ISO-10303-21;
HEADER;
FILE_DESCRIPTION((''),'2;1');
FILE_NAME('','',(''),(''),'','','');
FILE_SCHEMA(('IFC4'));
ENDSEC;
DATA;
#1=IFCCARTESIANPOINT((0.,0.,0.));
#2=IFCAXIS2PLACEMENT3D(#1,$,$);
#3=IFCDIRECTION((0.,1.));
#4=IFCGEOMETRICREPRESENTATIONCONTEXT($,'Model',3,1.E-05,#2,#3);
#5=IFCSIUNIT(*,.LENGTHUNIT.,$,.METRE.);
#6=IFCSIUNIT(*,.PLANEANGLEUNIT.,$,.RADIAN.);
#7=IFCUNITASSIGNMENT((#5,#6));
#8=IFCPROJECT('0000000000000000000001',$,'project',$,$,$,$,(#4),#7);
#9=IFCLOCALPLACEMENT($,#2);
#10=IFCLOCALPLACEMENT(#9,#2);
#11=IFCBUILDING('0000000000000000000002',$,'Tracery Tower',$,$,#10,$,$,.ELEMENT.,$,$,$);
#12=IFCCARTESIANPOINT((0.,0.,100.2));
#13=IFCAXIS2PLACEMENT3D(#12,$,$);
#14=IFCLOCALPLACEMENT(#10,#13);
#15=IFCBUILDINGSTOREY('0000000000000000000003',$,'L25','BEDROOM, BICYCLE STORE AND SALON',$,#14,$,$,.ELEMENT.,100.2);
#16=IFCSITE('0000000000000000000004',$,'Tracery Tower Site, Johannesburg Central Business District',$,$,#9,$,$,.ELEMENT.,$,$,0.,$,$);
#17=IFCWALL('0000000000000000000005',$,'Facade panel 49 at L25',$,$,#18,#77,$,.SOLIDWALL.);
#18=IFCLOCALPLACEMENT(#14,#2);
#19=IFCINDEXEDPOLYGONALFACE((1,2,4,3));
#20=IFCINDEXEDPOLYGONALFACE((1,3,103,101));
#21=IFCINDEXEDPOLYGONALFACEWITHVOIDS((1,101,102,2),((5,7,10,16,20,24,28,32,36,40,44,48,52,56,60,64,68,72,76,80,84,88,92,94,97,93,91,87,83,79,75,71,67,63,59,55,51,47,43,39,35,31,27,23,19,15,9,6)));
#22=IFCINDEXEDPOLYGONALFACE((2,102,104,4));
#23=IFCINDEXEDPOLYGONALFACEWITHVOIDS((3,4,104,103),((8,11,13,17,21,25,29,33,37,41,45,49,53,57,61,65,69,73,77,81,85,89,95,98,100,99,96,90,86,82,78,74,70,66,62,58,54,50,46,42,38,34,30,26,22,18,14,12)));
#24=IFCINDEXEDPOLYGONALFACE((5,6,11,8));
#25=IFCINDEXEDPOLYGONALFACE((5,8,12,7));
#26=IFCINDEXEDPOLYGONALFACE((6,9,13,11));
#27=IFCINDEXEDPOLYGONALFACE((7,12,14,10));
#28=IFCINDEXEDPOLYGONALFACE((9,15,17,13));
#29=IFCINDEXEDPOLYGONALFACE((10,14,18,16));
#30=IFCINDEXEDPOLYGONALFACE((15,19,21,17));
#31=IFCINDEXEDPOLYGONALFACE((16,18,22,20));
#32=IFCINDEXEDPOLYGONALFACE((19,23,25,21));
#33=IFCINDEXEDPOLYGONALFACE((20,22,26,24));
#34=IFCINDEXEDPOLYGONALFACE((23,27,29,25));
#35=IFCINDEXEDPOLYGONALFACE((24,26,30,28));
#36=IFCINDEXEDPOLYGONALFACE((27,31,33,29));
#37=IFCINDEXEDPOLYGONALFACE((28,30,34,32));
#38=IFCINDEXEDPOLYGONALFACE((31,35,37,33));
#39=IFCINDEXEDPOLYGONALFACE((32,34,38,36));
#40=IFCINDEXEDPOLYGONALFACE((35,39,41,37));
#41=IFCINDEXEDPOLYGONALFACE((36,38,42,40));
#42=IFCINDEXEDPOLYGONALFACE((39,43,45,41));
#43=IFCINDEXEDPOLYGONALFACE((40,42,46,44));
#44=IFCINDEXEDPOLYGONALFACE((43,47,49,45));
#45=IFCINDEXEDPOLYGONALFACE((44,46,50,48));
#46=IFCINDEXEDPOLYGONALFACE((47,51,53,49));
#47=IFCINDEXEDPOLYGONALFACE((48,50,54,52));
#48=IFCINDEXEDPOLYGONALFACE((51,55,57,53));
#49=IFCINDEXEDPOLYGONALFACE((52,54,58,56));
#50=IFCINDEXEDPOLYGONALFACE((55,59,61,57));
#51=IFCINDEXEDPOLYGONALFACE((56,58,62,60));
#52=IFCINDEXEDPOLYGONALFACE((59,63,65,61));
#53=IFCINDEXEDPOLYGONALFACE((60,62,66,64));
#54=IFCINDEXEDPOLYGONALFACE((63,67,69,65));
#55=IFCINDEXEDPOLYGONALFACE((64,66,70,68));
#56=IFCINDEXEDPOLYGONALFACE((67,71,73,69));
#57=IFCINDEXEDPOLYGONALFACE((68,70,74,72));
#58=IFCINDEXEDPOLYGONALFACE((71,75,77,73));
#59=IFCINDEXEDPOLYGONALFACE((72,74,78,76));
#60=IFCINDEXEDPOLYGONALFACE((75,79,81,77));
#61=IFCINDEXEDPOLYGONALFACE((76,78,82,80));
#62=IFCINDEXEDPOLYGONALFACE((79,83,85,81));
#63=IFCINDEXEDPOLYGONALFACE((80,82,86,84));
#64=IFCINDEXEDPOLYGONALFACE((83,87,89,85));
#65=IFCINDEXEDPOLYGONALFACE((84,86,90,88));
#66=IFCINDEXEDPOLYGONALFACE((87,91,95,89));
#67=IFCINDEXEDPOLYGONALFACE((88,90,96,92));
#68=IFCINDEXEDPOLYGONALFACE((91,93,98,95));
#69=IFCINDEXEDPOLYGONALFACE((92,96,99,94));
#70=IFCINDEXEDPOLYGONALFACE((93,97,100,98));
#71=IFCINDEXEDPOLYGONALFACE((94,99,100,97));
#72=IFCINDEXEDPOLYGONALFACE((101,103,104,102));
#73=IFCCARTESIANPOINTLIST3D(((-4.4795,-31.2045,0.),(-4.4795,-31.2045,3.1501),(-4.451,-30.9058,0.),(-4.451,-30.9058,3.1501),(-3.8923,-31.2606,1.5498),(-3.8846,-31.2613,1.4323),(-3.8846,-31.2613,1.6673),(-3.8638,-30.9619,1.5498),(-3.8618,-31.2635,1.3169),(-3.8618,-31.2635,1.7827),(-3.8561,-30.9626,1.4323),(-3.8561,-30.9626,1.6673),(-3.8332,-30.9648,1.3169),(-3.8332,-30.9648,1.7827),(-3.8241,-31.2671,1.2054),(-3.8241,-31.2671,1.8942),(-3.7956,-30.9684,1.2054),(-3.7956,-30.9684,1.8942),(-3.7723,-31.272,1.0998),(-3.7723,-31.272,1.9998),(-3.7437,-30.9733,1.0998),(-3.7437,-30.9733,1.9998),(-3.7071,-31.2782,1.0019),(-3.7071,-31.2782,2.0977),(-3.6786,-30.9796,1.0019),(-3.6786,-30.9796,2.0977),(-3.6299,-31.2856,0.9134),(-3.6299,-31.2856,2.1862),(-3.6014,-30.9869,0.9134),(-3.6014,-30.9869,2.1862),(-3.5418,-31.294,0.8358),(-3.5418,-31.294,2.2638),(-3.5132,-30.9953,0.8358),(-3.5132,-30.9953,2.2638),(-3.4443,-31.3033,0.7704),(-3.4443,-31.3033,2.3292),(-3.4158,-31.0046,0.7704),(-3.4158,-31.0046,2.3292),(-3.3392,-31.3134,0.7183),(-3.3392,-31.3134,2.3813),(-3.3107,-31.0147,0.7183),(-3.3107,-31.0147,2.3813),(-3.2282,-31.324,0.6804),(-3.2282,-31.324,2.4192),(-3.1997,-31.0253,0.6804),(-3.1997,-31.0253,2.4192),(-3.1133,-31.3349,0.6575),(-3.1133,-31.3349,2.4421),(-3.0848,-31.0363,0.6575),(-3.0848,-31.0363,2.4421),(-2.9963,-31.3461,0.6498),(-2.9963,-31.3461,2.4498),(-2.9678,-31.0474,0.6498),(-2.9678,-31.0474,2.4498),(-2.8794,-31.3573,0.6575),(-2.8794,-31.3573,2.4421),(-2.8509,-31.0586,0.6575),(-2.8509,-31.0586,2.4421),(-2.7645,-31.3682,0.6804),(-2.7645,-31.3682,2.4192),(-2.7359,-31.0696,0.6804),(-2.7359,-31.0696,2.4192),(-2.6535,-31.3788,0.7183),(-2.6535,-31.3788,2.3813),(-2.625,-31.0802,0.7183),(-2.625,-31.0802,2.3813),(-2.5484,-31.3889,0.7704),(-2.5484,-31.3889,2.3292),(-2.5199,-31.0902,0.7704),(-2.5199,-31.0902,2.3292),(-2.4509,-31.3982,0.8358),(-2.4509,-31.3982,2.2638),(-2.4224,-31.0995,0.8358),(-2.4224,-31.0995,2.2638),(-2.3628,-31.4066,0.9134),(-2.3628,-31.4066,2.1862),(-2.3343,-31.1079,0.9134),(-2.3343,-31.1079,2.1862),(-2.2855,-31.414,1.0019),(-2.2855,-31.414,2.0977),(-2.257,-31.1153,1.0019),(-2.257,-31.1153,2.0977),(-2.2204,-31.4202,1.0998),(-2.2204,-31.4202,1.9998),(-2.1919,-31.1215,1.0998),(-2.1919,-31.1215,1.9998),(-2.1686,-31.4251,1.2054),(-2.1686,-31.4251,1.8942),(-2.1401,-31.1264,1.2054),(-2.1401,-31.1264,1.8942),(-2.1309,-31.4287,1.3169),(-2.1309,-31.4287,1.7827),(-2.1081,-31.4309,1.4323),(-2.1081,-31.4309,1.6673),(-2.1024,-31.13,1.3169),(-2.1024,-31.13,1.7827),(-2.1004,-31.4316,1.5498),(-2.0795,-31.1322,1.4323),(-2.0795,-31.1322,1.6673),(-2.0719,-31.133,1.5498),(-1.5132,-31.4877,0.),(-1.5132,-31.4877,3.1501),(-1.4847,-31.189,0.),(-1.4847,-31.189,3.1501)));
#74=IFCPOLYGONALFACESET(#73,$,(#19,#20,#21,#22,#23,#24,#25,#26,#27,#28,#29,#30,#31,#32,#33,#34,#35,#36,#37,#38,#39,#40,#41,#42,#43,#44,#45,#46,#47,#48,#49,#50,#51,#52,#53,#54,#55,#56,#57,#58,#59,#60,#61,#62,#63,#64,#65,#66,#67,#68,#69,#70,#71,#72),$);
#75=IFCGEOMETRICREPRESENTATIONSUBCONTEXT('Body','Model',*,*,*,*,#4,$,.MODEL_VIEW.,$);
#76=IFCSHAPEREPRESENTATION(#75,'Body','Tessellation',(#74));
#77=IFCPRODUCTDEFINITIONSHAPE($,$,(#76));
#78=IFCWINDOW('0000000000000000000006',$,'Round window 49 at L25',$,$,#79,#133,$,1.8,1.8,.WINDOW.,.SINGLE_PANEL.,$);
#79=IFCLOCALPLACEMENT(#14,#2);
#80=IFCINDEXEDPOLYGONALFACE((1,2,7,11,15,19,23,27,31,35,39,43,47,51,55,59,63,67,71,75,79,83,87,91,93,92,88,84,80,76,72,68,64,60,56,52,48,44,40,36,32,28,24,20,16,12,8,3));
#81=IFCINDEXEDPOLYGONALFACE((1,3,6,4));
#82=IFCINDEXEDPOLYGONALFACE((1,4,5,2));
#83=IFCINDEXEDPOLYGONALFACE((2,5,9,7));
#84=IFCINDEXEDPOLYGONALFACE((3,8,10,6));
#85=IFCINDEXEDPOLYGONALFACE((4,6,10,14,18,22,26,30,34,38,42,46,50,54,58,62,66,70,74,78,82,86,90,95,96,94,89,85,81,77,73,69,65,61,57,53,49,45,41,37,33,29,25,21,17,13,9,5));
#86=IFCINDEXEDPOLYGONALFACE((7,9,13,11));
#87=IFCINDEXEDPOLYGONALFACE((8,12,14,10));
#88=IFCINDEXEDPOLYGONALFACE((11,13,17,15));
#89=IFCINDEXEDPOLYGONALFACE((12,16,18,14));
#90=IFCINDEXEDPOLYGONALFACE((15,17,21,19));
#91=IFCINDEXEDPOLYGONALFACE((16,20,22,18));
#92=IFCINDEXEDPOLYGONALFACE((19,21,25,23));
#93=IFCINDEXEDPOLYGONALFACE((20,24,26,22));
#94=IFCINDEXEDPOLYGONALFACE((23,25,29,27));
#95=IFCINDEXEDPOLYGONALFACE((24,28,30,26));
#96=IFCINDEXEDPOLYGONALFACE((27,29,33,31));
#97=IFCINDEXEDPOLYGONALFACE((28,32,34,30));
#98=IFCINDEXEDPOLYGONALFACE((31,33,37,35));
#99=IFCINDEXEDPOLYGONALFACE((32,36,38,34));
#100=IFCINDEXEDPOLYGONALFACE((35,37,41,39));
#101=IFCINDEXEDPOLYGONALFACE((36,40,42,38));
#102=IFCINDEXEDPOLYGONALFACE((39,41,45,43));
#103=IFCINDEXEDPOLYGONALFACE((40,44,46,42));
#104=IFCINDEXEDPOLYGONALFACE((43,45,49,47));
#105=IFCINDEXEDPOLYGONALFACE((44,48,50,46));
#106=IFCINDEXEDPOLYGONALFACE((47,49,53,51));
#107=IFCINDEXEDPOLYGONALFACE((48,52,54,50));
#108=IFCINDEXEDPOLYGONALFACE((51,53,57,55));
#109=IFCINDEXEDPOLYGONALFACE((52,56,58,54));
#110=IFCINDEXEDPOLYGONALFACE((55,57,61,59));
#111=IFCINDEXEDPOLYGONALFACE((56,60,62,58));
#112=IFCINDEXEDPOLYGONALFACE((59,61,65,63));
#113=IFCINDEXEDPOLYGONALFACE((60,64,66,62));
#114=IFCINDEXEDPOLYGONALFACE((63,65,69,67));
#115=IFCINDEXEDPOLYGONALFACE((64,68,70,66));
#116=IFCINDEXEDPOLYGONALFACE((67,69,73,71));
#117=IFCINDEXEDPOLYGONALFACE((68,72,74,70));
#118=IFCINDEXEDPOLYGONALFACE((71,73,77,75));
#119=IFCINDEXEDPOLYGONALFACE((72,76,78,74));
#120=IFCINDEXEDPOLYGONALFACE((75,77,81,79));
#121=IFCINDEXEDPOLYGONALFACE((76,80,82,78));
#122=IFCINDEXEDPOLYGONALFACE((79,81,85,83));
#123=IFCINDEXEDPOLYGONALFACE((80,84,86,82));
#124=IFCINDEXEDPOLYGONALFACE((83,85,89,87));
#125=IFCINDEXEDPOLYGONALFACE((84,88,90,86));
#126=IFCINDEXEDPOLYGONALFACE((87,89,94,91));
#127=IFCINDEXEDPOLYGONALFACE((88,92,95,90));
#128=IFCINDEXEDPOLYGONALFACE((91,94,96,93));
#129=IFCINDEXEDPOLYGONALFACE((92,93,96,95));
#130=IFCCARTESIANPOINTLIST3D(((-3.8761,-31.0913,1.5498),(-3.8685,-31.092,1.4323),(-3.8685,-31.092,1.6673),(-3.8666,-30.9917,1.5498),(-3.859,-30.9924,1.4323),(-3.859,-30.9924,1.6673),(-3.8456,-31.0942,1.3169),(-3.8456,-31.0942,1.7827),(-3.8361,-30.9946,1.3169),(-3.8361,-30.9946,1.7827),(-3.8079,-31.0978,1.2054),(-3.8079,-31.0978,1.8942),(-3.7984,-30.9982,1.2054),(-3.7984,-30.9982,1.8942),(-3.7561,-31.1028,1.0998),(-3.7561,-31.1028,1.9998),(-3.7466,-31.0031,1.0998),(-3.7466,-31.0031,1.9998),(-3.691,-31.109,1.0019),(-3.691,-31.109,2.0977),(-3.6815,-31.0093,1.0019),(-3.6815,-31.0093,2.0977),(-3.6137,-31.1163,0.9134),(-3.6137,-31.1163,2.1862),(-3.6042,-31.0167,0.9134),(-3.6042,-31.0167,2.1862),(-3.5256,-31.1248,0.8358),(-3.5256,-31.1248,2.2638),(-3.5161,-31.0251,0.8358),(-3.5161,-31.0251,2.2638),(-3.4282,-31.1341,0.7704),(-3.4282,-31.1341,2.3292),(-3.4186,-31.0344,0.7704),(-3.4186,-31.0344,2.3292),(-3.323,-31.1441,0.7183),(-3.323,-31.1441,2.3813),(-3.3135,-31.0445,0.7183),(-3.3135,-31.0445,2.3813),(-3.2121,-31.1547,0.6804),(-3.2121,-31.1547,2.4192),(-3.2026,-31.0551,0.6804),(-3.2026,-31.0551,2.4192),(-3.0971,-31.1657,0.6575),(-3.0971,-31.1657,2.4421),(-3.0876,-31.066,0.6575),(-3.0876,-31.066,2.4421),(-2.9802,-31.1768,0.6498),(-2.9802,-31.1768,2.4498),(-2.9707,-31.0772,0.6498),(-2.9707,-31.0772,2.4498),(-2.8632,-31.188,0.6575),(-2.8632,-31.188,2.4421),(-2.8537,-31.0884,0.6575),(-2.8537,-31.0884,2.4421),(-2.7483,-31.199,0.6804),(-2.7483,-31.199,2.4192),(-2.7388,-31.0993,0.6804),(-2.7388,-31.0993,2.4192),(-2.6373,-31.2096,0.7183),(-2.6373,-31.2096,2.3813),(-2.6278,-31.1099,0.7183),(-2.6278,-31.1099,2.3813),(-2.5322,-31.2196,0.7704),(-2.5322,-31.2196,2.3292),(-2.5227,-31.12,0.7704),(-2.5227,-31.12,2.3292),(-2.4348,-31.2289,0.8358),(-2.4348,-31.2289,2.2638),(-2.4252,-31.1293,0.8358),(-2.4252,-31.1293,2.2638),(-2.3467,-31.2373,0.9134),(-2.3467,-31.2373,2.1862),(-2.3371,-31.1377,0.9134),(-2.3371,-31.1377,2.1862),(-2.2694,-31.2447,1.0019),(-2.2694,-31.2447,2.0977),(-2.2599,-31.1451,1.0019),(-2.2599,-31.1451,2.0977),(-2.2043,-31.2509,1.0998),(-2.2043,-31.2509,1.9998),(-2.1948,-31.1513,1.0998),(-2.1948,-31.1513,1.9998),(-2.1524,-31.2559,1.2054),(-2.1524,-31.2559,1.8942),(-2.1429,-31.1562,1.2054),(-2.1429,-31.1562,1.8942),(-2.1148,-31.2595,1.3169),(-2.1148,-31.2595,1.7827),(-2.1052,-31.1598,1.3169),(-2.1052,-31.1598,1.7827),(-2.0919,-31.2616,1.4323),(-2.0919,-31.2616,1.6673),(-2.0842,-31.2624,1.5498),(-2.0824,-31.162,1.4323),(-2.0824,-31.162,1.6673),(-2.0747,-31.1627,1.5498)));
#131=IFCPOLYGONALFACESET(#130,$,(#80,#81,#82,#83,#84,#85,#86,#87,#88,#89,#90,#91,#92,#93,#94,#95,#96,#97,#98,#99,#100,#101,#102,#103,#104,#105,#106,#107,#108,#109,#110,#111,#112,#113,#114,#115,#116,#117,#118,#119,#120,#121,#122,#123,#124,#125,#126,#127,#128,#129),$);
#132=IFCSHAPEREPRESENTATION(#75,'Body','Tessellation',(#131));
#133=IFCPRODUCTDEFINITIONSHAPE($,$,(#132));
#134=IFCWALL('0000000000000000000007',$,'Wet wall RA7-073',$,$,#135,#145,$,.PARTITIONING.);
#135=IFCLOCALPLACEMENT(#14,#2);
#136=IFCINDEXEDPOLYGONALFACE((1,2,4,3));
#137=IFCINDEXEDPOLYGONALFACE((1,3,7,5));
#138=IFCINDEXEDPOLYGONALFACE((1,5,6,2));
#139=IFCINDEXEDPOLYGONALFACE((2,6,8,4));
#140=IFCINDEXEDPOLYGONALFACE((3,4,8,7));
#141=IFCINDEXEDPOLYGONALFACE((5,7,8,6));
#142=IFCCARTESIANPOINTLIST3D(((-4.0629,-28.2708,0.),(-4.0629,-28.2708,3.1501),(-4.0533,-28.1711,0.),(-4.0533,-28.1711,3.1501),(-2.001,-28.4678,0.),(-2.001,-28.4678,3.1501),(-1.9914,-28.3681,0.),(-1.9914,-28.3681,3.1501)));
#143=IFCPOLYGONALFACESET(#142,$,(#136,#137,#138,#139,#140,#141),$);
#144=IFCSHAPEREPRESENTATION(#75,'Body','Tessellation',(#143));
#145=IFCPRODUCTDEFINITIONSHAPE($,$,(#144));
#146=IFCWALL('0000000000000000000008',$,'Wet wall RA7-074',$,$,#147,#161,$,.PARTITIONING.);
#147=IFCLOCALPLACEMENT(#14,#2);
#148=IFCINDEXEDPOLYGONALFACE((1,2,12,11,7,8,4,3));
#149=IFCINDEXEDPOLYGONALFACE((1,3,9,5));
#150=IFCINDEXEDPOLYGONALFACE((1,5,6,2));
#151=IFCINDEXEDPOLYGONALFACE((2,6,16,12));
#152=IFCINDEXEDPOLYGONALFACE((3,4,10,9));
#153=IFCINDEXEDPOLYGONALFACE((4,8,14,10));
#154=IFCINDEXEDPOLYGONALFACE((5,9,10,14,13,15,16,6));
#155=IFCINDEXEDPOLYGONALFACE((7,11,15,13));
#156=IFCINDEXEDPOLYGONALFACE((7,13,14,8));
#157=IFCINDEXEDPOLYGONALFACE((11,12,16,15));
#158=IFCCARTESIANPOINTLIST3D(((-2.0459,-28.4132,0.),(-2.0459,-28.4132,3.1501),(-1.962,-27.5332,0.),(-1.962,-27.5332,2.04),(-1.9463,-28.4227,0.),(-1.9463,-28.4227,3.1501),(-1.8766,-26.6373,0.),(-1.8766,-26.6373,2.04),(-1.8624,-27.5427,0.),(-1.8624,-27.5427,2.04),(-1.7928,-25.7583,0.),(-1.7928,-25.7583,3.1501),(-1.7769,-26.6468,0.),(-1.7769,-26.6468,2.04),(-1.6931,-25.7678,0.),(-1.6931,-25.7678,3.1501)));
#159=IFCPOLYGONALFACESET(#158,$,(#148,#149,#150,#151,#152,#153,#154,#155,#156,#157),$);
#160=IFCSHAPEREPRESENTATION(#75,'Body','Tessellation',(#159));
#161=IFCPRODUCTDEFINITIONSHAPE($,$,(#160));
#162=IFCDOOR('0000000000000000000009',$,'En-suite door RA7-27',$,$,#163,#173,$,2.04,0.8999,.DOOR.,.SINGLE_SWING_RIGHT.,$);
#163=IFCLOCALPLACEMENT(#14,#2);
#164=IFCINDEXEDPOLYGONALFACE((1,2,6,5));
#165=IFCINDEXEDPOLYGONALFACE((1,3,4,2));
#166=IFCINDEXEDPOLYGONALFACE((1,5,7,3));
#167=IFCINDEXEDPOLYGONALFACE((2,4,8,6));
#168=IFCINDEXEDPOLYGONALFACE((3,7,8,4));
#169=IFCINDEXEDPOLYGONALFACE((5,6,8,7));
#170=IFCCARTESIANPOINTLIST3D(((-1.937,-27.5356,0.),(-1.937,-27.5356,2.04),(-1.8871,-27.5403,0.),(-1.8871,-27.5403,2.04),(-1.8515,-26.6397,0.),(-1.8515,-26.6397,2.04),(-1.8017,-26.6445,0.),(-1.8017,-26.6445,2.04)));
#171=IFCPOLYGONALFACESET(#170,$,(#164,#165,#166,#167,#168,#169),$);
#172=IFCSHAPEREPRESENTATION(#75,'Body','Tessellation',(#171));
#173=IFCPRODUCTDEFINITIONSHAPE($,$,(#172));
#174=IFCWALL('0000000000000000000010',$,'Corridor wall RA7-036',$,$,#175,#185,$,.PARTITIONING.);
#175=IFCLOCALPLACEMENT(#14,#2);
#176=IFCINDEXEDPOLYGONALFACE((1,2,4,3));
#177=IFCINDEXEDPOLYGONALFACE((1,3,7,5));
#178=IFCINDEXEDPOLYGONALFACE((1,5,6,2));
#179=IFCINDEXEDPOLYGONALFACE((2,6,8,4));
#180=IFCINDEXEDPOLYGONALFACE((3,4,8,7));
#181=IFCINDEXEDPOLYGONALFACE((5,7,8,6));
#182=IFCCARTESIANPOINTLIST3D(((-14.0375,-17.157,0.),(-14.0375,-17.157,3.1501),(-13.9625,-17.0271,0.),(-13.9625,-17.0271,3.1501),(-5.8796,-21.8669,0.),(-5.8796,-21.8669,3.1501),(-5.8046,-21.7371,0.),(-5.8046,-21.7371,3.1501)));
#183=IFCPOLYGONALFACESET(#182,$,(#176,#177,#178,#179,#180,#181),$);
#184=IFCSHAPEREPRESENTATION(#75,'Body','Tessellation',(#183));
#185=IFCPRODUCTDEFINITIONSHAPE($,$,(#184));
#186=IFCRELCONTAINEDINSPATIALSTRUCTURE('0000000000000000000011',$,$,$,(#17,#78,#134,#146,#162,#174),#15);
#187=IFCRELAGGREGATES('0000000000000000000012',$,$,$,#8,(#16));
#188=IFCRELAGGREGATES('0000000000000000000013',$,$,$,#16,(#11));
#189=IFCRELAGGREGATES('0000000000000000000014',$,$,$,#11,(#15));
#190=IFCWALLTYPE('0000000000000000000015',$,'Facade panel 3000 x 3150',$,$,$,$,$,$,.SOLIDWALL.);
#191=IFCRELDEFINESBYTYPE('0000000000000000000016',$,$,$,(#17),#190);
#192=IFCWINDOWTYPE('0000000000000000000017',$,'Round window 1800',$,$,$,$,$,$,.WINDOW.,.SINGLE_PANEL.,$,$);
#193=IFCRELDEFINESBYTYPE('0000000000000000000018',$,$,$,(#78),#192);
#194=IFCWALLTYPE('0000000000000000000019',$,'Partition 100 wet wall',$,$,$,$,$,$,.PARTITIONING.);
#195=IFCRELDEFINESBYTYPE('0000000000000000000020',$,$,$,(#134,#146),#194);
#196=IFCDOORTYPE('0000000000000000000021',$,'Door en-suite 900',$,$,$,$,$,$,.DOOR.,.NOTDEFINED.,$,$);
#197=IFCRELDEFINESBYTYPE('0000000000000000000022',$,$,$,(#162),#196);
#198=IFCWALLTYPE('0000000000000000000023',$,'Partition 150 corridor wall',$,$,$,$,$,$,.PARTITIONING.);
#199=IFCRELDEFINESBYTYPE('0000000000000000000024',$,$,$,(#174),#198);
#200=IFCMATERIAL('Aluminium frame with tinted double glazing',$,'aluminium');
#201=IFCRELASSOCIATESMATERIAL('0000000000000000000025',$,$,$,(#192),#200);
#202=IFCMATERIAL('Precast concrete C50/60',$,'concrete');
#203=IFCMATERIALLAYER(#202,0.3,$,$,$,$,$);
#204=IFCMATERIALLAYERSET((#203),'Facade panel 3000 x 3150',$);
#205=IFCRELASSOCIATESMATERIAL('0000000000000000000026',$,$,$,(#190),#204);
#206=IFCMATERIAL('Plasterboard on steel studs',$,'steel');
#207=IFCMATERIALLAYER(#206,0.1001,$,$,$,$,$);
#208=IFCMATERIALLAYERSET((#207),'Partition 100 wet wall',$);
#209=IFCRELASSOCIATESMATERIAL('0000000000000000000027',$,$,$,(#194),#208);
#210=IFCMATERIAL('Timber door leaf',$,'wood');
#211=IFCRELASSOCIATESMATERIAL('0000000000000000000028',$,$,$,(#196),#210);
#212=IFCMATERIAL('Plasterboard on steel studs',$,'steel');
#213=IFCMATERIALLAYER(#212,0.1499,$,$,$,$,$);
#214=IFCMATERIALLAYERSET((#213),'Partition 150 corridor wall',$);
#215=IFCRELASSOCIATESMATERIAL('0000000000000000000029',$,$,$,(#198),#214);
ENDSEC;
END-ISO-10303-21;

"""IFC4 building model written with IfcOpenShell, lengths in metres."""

from ifc_helpers import new_model, si_unit, direction, frame, frame_2d, origin, origin_2d, place, context, subcontext, project, spatial, rectangle, circle, extrude, material, layer, layer_set, type_object, element, fill, save


model = new_model("IFC4")

# Units and contexts
model_context = context("Model", 3, precision=1e-05, world=origin(), true_north=direction((0.0, 1.0)))
body_context = subcontext(model_context, "Body", "Model", "MODEL_VIEW")
ifc_project = project(units=[si_unit("LENGTHUNIT", "METRE"), si_unit("PLANEANGLEUNIT", "RADIAN")], contexts=[model_context])

# Site, building, storey
site_placement = place(None, origin())
site = spatial("IfcSite", under=ifc_project, at=site_placement, Name="Tracery Tower Site, Johannesburg Central Business District", CompositionType="ELEMENT", RefElevation=0.0)
building_placement = place(site_placement, origin())
building = spatial("IfcBuilding", under=site, at=building_placement, Name="Tracery Tower", CompositionType="ELEMENT")
storey_placement = place(building_placement, frame((0.0, 0.0, 100.2)))
storey = spatial("IfcBuildingStorey", under=building, at=storey_placement, Name="L25", Description="BEDROOM, BICYCLE STORE AND SALON", CompositionType="ELEMENT", Elevation=100.2)

# Wall, opening, window
ifc_material_1 = material(Name="Aluminium frame with tinted double glazing", Category="aluminium")
window_type = type_object("IfcWindowType", Name="Round window 1800", PartitioningType="SINGLE_PANEL", PredefinedType="WINDOW", material=ifc_material_1)
ifc_material_2 = material(Name="Precast concrete C50/60", Category="concrete")
ifc_layer_1 = layer(ifc_material_2, 0.3)
ifc_layer_set_1 = layer_set([ifc_layer_1], Name="Facade panel 3000 x 3150")
wall_type_1 = type_object("IfcWallType", Name="Facade panel 3000 x 3150", PredefinedType="SOLIDWALL", material=ifc_layer_set_1)
wall_1_placement = place(storey_placement, frame((-4.4651, -31.0552, 0.0), z_axis=(0.0, 0.0, 1.0), x_axis=(0.995473, -0.095041, 0.0)))
wall_1 = element("IfcWall", 1, at=wall_1_placement, inside=storey, type_object=wall_type_1, Name="Facade panel 49 at L25", PredefinedType="SOLIDWALL", context=body_context, shape_type="SweptSolid", body=[
    extrude(rectangle(XDim=2.9797, YDim=0.3, at=frame_2d((1.4897, 0.0))), origin(), (0.0, 0.0, 1.0), 3.1501),
])
opening_1_placement = place(wall_1_placement, frame((1.4897, 0.0, 1.5498)))
opening_1 = element("IfcOpeningElement", 2, at=opening_1_placement, cuts=wall_1, PredefinedType="OPENING", context=body_context, shape_type="SweptSolid", body=[
    extrude(circle(Radius=0.9, at=origin_2d()), frame((0.0, 0.1599, 0.0), z_axis=(0.0, -1.0, 0.0), x_axis=(1.0, 0.0, 0.0)), (0.0, 0.0, 1.0), 0.3201),
])
window_1_placement = place(opening_1_placement, origin())
window_1 = element("IfcWindow", 3, at=window_1_placement, inside=storey, type_object=window_type, Name="Round window 49 at L25", OverallHeight=1.8, OverallWidth=1.8, PartitioningType="SINGLE_PANEL", PredefinedType="WINDOW", context=body_context, shape_type="SweptSolid", body=[
    extrude(circle(Radius=0.9, at=origin_2d()), frame((0.0, 0.1201, 0.0), z_axis=(0.0, -1.0, 0.0), x_axis=(1.0, 0.0, 0.0)), (0.0, 0.0, 1.0), 0.1001),
])
fill(opening_1, window_1)

# Wall
ifc_material_3 = material(Name="Plasterboard on steel studs", Category="steel")
ifc_layer_2 = layer(ifc_material_3, 0.1001)
ifc_layer_set_2 = layer_set([ifc_layer_2], Name="Partition 100 wet wall")
wall_type_2 = type_object("IfcWallType", Name="Partition 100 wet wall", PredefinedType="PARTITIONING", material=ifc_layer_set_2)
wall_2_placement = place(storey_placement, frame((-4.0581, -28.2209, 0.0), z_axis=(0.0, 0.0, 1.0), x_axis=(0.995466, -0.095115, 0.0)))
element("IfcWall", 4, at=wall_2_placement, inside=storey, type_object=wall_type_2, Name="Wet wall RA7-073", PredefinedType="PARTITIONING", context=body_context, shape_type="SweptSolid", body=[
    extrude(rectangle(XDim=2.0713, YDim=0.1001, at=frame_2d((1.0356, 0.0))), origin(), (0.0, 0.0, 1.0), 3.1501),
])

# Wall, opening, door
wall_3_placement = place(storey_placement, frame((-1.9961, -28.418, 0.0), z_axis=(0.0, 0.0, 1.0), x_axis=(0.094926, 0.995484, 0.0)))
wall_3 = element("IfcWall", 5, at=wall_3_placement, inside=storey, type_object=wall_type_2, Name="Wet wall RA7-074", PredefinedType="PARTITIONING", context=body_context, shape_type="SweptSolid", body=[
    extrude(rectangle(XDim=2.667, YDim=0.1001, at=frame_2d((1.3335, 0.0))), origin(), (0.0, 0.0, 1.0), 3.1501),
])
opening_2_placement = place(wall_3_placement, frame((0.884, 0.0, 0.0)))
opening_2 = element("IfcOpeningElement", 6, at=opening_2_placement, cuts=wall_3, PredefinedType="OPENING", context=body_context, shape_type="SweptSolid", body=[
    extrude(rectangle(XDim=0.8999, YDim=2.04, at=frame_2d((0.45, 1.02))), frame((0.0, 0.05, 0.0), z_axis=(0.0, -1.0, 0.0), x_axis=(1.0, 0.0, 0.0)), (0.0, 0.0, 1.0), 0.1001),
])
ifc_material_4 = material(Name="Timber door leaf", Category="wood")
door_type_1 = type_object("IfcDoorType", Name="Door en-suite 900", OperationType="NOTDEFINED", PredefinedType="DOOR", material=ifc_material_4)
door_1_placement = place(opening_2_placement, origin())
door_1 = element("IfcDoor", 7, at=door_1_placement, inside=storey, type_object=door_type_1, Name="En-suite door RA7-27", OperationType="SINGLE_SWING_RIGHT", OverallHeight=2.04, OverallWidth=0.8999, PredefinedType="DOOR", context=body_context, shape_type="SweptSolid", body=[
    extrude(rectangle(XDim=0.8999, YDim=2.04, at=frame_2d((0.45, 1.02))), frame((0.0, 0.0249, 0.0), z_axis=(0.0, -1.0, 0.0), x_axis=(1.0, 0.0, 0.0)), (0.0, 0.0, 1.0), 0.05),
])
fill(opening_2, door_1)

# Wall
ifc_material_5 = material(Name="Plasterboard on steel studs", Category="steel")
ifc_layer_3 = layer(ifc_material_5, 0.1499)
ifc_layer_set_3 = layer_set([ifc_layer_3], Name="Partition 150 corridor wall")
wall_type_3 = type_object("IfcWallType", Name="Partition 150 corridor wall", PredefinedType="PARTITIONING", material=ifc_layer_set_3)
wall_4_placement = place(storey_placement, frame((-14.0, -17.092, 0.0), z_axis=(0.0, 0.0, 1.0), x_axis=(0.866027, -0.499997, 0.0)))
element("IfcWall", 8, at=wall_4_placement, inside=storey, type_object=wall_type_3, Name="Corridor wall RA7-036", PredefinedType="PARTITIONING", context=body_context, shape_type="SweptSolid", body=[
    extrude(rectangle(XDim=9.4199, YDim=0.1499, at=frame_2d((4.71, 0.0))), origin(), (0.0, 0.0, 1.0), 3.1501),
])

save(model, "model.ifc")
